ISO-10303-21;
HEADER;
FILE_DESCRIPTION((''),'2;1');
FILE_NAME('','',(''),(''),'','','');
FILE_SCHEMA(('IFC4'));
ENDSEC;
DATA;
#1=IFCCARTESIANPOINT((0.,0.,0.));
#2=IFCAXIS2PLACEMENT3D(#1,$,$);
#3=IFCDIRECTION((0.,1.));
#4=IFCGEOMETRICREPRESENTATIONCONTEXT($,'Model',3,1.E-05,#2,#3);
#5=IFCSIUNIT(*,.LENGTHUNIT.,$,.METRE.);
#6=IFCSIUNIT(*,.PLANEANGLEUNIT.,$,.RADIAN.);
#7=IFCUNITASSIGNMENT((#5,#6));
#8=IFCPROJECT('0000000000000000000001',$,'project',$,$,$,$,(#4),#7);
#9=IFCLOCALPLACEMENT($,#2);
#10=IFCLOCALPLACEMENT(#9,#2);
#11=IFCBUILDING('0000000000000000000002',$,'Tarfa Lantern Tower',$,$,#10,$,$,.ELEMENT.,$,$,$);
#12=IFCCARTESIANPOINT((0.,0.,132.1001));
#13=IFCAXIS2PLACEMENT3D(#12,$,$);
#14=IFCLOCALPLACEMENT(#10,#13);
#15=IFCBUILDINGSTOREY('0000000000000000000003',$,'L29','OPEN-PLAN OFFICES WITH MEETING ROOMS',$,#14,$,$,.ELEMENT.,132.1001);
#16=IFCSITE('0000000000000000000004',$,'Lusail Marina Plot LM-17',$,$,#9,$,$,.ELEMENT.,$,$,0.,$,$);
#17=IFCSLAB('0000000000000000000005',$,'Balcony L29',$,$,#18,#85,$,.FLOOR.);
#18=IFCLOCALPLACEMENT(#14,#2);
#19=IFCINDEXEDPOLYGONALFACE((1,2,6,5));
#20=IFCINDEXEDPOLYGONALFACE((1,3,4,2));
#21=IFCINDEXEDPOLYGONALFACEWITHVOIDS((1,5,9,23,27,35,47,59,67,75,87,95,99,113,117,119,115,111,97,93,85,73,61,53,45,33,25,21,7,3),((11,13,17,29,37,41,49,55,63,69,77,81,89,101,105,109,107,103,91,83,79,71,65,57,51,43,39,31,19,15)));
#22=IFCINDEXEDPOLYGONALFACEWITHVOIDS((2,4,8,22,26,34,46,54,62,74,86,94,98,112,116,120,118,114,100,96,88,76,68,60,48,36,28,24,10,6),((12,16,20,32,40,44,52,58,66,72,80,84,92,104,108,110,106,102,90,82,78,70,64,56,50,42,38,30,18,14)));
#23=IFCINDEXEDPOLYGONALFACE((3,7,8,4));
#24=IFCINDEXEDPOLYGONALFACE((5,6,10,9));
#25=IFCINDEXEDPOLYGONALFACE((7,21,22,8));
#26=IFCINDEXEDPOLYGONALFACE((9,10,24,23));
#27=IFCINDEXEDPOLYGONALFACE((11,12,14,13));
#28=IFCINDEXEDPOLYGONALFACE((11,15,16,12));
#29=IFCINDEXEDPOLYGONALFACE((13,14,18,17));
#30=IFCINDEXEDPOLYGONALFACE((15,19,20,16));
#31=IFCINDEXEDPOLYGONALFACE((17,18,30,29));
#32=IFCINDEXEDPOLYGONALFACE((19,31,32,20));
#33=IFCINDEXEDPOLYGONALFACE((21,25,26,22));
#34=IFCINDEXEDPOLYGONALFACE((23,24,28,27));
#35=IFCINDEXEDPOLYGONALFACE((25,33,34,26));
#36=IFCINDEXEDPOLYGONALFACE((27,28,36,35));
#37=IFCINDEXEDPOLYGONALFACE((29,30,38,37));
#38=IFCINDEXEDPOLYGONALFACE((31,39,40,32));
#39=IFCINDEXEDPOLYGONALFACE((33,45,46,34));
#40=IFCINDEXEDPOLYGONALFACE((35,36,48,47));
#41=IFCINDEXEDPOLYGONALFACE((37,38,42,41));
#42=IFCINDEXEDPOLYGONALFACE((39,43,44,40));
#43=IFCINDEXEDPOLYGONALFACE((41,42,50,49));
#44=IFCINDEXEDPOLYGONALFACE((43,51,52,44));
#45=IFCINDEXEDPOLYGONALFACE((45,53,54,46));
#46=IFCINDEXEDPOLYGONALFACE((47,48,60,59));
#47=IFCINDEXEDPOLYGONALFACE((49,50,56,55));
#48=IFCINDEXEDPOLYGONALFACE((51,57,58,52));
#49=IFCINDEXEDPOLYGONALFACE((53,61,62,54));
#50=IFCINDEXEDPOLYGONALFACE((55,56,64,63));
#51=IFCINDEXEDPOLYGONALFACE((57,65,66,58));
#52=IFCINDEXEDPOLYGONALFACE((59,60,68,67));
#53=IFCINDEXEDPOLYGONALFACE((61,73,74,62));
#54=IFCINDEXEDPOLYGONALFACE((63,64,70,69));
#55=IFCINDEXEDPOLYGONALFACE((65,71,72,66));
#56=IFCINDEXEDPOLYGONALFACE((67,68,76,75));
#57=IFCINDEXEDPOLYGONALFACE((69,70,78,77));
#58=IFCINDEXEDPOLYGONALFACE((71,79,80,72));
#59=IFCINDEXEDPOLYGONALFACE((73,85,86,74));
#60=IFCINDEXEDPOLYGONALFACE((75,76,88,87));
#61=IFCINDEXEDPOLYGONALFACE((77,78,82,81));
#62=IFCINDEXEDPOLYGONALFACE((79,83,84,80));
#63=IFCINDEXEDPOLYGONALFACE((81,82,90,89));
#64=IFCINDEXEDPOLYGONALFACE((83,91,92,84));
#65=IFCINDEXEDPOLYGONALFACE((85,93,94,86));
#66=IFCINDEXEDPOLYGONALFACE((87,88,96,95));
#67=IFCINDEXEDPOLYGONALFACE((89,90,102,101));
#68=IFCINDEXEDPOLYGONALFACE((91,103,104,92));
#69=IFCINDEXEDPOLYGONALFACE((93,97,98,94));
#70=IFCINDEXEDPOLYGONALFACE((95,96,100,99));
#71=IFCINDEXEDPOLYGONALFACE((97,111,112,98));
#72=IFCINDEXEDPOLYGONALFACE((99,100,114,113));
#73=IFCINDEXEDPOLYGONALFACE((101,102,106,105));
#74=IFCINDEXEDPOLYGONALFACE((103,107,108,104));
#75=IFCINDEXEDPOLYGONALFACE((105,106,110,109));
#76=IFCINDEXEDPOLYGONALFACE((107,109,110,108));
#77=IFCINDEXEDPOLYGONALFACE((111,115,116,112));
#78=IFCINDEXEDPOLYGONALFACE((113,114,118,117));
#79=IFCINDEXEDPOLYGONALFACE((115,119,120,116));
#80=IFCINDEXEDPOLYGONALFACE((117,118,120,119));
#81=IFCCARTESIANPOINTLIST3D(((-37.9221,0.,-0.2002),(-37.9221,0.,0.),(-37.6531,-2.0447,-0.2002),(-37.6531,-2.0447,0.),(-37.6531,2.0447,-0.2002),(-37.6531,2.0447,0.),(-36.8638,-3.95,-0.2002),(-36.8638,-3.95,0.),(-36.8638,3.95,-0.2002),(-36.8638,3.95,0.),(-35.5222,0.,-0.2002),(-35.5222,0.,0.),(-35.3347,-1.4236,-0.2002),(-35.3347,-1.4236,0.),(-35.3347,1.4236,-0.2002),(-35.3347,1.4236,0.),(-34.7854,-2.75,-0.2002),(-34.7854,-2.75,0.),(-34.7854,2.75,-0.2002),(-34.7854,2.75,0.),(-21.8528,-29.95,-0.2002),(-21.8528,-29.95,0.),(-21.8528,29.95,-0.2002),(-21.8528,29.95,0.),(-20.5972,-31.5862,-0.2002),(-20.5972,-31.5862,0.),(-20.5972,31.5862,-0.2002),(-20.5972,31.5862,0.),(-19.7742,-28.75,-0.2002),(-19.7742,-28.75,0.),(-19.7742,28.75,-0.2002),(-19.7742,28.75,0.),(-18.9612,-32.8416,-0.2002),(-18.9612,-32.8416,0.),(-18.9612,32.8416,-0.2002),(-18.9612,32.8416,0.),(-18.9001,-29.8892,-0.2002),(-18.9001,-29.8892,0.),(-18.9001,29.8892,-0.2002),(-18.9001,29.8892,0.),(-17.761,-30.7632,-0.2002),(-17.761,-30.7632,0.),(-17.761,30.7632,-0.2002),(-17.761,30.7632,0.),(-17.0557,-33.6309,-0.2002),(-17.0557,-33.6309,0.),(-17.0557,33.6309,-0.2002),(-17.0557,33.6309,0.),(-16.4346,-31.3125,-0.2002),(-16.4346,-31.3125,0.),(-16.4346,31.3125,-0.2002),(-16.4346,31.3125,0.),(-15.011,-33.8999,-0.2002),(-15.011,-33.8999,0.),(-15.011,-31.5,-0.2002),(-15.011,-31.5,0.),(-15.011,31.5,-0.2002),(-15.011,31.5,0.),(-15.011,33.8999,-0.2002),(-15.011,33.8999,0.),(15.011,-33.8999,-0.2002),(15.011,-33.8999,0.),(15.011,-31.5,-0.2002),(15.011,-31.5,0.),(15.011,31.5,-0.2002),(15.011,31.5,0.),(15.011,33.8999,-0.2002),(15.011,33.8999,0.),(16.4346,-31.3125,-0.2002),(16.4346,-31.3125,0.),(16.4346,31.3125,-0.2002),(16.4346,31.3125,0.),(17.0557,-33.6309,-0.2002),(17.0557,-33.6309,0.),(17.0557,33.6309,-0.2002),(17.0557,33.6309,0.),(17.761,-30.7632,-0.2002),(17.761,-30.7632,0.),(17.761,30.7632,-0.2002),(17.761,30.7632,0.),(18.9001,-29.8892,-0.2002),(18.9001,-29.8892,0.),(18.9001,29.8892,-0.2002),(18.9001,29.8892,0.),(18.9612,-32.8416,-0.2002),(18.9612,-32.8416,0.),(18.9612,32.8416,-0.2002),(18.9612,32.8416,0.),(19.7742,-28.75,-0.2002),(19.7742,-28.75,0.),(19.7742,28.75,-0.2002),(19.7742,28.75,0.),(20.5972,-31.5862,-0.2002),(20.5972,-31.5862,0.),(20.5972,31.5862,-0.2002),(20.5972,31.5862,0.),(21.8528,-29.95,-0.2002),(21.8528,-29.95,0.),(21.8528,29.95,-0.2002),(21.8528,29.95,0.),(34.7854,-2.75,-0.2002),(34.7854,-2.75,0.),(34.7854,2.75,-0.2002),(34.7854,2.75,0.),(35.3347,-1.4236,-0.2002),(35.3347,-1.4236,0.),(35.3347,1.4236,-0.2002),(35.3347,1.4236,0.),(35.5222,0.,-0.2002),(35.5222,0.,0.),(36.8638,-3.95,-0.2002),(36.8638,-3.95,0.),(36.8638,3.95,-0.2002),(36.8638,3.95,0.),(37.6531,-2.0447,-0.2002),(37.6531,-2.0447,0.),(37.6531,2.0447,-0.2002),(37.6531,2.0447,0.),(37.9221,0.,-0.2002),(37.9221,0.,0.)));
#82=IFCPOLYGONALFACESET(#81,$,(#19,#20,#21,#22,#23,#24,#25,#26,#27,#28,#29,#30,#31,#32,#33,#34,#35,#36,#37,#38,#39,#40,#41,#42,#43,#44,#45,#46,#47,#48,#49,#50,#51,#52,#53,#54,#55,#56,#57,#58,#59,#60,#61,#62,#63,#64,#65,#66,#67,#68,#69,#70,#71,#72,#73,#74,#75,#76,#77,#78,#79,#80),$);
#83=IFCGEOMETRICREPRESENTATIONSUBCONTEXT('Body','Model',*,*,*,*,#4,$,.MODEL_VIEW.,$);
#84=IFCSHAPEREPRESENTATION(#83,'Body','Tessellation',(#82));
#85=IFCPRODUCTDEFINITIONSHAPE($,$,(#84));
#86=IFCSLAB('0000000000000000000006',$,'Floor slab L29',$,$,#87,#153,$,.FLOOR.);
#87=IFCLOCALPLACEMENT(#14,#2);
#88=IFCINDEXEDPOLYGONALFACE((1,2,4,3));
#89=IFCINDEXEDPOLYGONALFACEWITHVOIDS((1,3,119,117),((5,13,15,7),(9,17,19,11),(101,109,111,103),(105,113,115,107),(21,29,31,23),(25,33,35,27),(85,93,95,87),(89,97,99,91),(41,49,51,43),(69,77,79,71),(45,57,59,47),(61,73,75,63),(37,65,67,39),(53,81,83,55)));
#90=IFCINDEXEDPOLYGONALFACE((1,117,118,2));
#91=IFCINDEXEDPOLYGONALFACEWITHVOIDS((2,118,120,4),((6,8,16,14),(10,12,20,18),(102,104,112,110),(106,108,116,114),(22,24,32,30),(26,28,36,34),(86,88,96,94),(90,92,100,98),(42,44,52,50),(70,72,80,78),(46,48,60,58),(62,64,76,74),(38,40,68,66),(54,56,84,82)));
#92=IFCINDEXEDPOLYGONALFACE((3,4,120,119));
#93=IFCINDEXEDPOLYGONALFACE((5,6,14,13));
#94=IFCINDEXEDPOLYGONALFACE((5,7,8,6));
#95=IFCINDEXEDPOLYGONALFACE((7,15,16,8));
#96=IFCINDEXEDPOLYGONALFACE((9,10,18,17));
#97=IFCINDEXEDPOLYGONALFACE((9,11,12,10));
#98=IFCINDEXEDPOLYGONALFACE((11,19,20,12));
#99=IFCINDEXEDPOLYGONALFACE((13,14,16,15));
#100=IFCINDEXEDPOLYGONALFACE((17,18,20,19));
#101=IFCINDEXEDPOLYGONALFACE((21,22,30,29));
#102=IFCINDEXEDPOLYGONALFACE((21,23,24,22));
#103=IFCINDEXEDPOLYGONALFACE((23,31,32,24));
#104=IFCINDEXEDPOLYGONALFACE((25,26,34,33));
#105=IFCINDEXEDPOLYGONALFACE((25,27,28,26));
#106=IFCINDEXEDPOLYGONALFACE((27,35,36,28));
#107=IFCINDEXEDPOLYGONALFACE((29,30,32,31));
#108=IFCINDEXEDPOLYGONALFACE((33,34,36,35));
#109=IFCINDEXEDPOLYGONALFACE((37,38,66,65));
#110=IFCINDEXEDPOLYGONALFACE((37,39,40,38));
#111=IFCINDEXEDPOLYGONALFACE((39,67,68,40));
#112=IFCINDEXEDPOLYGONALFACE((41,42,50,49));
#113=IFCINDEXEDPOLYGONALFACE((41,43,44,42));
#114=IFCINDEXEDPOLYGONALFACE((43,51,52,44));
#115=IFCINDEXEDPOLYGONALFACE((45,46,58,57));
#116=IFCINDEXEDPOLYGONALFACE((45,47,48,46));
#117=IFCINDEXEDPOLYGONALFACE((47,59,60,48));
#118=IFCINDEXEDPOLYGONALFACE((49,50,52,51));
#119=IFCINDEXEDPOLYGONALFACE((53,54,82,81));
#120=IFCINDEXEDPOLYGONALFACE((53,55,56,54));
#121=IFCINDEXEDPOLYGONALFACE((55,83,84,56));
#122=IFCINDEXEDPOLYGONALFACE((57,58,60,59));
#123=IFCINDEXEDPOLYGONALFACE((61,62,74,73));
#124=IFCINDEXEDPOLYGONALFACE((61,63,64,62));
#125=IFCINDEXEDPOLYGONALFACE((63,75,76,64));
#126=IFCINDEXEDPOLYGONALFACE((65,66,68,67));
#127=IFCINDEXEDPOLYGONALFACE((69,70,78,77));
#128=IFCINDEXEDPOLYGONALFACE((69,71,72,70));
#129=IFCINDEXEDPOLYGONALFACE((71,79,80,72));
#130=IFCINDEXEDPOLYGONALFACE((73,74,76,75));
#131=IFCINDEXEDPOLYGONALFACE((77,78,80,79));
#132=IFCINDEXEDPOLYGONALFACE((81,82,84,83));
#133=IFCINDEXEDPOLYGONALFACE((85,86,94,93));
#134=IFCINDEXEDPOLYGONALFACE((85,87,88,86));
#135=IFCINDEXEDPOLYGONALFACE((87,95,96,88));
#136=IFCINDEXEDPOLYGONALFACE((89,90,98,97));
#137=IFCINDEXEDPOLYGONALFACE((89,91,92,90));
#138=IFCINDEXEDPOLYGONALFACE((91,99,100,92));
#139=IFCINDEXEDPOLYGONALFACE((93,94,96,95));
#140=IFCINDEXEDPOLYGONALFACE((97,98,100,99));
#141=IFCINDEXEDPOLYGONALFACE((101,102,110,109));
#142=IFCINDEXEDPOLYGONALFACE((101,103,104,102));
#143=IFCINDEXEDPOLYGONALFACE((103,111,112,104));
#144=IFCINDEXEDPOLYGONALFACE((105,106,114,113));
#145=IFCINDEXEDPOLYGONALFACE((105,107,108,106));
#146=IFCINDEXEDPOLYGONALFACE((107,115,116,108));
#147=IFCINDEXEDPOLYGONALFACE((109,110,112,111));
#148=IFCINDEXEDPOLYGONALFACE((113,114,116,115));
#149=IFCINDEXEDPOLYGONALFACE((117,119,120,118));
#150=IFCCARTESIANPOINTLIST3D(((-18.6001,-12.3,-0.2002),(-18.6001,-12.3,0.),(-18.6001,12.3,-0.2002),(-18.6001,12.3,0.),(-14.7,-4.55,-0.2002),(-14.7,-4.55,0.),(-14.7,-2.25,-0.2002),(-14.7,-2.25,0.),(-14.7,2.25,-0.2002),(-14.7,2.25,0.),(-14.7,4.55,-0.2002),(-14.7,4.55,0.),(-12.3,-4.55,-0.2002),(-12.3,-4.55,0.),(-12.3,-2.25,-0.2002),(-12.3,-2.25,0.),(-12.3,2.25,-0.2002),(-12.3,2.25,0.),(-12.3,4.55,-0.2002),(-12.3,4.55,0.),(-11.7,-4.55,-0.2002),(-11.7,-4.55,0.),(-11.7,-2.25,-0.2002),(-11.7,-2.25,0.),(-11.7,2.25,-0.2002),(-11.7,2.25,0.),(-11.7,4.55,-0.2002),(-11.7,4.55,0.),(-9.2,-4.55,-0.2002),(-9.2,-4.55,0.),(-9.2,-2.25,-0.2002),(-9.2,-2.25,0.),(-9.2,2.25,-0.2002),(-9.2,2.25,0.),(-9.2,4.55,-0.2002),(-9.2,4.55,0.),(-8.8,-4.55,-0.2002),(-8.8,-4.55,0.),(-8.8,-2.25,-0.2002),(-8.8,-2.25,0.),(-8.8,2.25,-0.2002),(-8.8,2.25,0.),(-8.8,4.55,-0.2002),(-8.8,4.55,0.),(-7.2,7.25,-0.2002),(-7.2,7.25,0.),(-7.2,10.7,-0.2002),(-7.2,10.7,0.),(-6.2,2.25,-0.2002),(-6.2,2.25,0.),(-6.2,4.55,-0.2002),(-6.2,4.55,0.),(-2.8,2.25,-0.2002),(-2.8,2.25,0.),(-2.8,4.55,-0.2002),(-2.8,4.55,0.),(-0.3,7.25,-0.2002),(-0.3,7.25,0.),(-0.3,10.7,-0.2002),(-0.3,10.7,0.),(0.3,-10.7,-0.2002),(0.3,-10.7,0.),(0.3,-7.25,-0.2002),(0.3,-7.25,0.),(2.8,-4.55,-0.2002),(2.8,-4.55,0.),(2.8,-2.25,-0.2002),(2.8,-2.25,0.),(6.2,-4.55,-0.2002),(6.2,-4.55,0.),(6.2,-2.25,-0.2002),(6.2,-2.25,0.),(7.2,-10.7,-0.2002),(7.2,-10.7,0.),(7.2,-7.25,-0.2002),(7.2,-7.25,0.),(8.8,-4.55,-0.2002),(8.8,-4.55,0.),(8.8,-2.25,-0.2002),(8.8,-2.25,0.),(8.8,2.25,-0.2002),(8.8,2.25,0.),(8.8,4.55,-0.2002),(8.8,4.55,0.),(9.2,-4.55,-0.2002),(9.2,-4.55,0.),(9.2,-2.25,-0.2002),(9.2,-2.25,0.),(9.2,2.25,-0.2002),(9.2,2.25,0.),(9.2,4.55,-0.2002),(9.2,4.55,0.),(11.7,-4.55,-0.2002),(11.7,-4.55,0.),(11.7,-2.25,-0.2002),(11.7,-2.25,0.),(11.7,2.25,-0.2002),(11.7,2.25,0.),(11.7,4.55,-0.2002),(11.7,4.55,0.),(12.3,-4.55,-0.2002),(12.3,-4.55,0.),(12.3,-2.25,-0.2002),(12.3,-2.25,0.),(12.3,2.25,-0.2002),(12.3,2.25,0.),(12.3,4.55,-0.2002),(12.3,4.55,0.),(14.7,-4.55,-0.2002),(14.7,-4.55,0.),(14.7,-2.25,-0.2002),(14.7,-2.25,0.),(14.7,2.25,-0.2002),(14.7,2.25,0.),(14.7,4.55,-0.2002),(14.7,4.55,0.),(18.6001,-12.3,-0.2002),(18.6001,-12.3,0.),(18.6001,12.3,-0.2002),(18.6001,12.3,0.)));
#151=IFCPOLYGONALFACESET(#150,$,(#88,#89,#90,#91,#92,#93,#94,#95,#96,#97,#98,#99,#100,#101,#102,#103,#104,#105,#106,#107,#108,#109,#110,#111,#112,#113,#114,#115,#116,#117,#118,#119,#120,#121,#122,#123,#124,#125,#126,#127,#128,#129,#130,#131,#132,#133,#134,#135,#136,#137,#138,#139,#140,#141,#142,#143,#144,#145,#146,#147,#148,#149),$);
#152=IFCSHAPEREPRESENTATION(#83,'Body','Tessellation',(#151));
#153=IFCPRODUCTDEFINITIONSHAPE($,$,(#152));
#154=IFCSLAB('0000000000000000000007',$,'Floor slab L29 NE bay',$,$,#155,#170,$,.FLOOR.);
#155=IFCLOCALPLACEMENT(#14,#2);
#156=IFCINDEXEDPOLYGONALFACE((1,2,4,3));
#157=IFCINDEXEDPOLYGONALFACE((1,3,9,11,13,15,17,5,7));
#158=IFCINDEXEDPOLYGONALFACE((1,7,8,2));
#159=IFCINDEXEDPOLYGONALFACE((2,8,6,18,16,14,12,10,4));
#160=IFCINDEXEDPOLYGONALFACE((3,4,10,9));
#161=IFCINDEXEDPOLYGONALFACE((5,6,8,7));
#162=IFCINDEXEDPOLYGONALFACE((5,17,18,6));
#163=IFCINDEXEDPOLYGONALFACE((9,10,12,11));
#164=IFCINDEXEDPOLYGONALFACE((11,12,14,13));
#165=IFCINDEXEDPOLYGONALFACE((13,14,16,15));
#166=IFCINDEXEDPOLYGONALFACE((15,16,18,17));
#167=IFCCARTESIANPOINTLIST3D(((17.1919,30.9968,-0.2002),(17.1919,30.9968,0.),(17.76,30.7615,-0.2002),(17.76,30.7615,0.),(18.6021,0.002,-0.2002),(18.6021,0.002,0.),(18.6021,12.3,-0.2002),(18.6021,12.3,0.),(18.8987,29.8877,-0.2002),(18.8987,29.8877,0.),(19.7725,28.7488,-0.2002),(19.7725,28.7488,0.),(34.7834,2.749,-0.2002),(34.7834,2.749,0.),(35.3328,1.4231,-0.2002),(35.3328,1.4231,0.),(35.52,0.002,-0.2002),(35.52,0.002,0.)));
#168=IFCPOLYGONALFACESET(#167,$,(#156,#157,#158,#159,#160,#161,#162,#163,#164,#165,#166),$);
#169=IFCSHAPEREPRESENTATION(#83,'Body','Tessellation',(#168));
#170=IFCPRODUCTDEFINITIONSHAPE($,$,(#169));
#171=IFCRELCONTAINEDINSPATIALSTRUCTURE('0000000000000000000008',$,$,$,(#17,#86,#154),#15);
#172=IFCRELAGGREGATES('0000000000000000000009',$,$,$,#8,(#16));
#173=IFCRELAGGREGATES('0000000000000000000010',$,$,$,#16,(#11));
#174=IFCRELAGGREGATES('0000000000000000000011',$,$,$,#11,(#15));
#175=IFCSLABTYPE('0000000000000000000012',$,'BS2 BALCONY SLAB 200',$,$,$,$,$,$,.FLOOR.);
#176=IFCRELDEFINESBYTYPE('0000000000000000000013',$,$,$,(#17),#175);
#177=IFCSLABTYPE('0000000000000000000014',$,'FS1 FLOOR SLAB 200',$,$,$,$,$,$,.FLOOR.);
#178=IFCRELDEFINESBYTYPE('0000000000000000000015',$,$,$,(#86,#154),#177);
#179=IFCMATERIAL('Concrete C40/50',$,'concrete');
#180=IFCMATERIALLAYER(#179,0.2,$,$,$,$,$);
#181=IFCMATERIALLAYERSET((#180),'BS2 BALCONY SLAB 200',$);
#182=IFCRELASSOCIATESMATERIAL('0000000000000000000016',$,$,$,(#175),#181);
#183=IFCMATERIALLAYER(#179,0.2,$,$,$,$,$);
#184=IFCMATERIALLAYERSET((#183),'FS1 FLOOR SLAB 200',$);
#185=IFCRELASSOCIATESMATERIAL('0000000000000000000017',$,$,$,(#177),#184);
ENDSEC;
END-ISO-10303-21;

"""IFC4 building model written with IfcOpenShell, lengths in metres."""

from ifc_helpers import new_model, si_unit, direction, frame, origin, place, context, subcontext, project, spatial, polyline, outline, extrude, material, layer, layer_set, type_object, element, save


model = new_model("IFC4")

# Units and contexts
model_context = context("Model", 3, precision=1e-05, world=origin(), true_north=direction((0.0, 1.0)))
body_context = subcontext(model_context, "Body", "Model", "MODEL_VIEW")
ifc_project = project(units=[si_unit("LENGTHUNIT", "METRE"), si_unit("PLANEANGLEUNIT", "RADIAN")], contexts=[model_context])

# Site, building, storey
site_placement = place(None, origin())
site = spatial("IfcSite", under=ifc_project, at=site_placement, Name="Lusail Marina Plot LM-17", CompositionType="ELEMENT", RefElevation=0.0)
building_placement = place(site_placement, origin())
building = spatial("IfcBuilding", under=site, at=building_placement, Name="Tarfa Lantern Tower", CompositionType="ELEMENT")
storey_placement = place(building_placement, frame((0.0, 0.0, 132.1001)))
storey = spatial("IfcBuildingStorey", under=building, at=storey_placement, Name="L29", Description="OPEN-PLAN OFFICES WITH MEETING ROOMS", CompositionType="ELEMENT", Elevation=132.1001)

# Slabs
ifc_material_1 = material(Name="Concrete C40/50", Category="concrete")
ifc_layer_1 = layer(ifc_material_1, 0.2)
ifc_layer_set_1 = layer_set([ifc_layer_1], Name="BS2 BALCONY SLAB 200")
slab_type_1 = type_object("IfcSlabType", Name="BS2 BALCONY SLAB 200", PredefinedType="FLOOR", material=ifc_layer_set_1)
slab_1_placement = place(storey_placement, frame((0.0, 0.0, -0.2002)))
element("IfcSlab", 1, at=slab_1_placement, inside=storey, type_object=slab_type_1, Name="Balcony L29", PredefinedType="FLOOR", context=body_context, shape_type="SweptSolid", body=[
    extrude(outline(polyline([(36.8638, 3.95), (21.8528, 29.95), (20.5972, 31.5862), (18.9612, 32.8416), (17.0557, 33.6309), (15.011, 33.8999), (-15.011, 33.8999), (-17.0557, 33.6309), (-18.9612, 32.8416), (-20.5972, 31.5862), (-21.8528, 29.95), (-36.8638, 3.95), (-37.6531, 2.0447), (-37.9221, 0.0), (-37.6531, -2.0447), (-36.8638, -3.95), (-21.8528, -29.95), (-20.5972, -31.5862), (-18.9612, -32.8416), (-17.0557, -33.6309), (-15.011, -33.8999), (15.011, -33.8999), (17.0557, -33.6309), (18.9612, -32.8416), (20.5972, -31.5862), (21.8528, -29.95), (36.8638, -3.95), (37.6531, -2.0447), (37.9221, 0.0), (37.6531, 2.0447), (36.8638, 3.95)]), holes=[polyline([(34.7854, 2.75), (19.7742, 28.75), (18.9001, 29.8892), (17.761, 30.7632), (16.4346, 31.3125), (15.011, 31.5), (-15.011, 31.5), (-16.4346, 31.3125), (-17.761, 30.7632), (-18.9001, 29.8892), (-19.7742, 28.75), (-34.7854, 2.75), (-35.3347, 1.4236), (-35.5222, 0.0), (-35.3347, -1.4236), (-34.7854, -2.75), (-19.7742, -28.75), (-18.9001, -29.8892), (-17.761, -30.7632), (-16.4346, -31.3125), (-15.011, -31.5), (15.011, -31.5), (16.4346, -31.3125), (17.761, -30.7632), (18.9001, -29.8892), (19.7742, -28.75), (34.7854, -2.75), (35.3347, -1.4236), (35.5222, 0.0), (35.3347, 1.4236), (34.7854, 2.75)])]), origin(), (0.0, 0.0, 1.0), 0.2002),
])
ifc_layer_2 = layer(ifc_material_1, 0.2)
ifc_layer_set_2 = layer_set([ifc_layer_2], Name="FS1 FLOOR SLAB 200")
slab_type_2 = type_object("IfcSlabType", Name="FS1 FLOOR SLAB 200", PredefinedType="FLOOR", material=ifc_layer_set_2)
slab_2_placement = place(storey_placement, frame((0.0, 0.0, -0.2002)))
element("IfcSlab", 2, at=slab_2_placement, inside=storey, type_object=slab_type_2, Name="Floor slab L29", PredefinedType="FLOOR", context=body_context, shape_type="SweptSolid", body=[
    extrude(outline(polyline([(-18.6001, -12.3), (18.6001, -12.3), (18.6001, 12.3), (-18.6001, 12.3), (-18.6001, -12.3)]), holes=[polyline([(-14.7, 2.25), (-12.3, 2.25), (-12.3, 4.55), (-14.7, 4.55), (-14.7, 2.25)]), polyline([(-11.7, 2.25), (-9.2, 2.25), (-9.2, 4.55), (-11.7, 4.55), (-11.7, 2.25)]), polyline([(-8.8, 2.25), (-6.2, 2.25), (-6.2, 4.55), (-8.8, 4.55), (-8.8, 2.25)]), polyline([(-2.8, 2.25), (8.8, 2.25), (8.8, 4.55), (-2.8, 4.55), (-2.8, 2.25)]), polyline([(9.2, 2.25), (11.7, 2.25), (11.7, 4.55), (9.2, 4.55), (9.2, 2.25)]), polyline([(12.3, 2.25), (14.7, 2.25), (14.7, 4.55), (12.3, 4.55), (12.3, 2.25)]), polyline([(14.7, -2.25), (12.3, -2.25), (12.3, -4.55), (14.7, -4.55), (14.7, -2.25)]), polyline([(11.7, -2.25), (9.2, -2.25), (9.2, -4.55), (11.7, -4.55), (11.7, -2.25)]), polyline([(8.8, -2.25), (6.2, -2.25), (6.2, -4.55), (8.8, -4.55), (8.8, -2.25)]), polyline([(2.8, -2.25), (-8.8, -2.25), (-8.8, -4.55), (2.8, -4.55), (2.8, -2.25)]), polyline([(-9.2, -2.25), (-11.7, -2.25), (-11.7, -4.55), (-9.2, -4.55), (-9.2, -2.25)]), polyline([(-12.3, -2.25), (-14.7, -2.25), (-14.7, -4.55), (-12.3, -4.55), (-12.3, -2.25)]), polyline([(-7.2, 7.25), (-0.3, 7.25), (-0.3, 10.7), (-7.2, 10.7), (-7.2, 7.25)]), polyline([(7.2, -7.25), (0.3, -7.25), (0.3, -10.7), (7.2, -10.7), (7.2, -7.25)])]), origin(), (0.0, 0.0, 1.0), 0.2002),
])
slab_3_placement = place(storey_placement, frame((0.0, 0.0, -0.2002)))
element("IfcSlab", 3, at=slab_3_placement, inside=storey, type_object=slab_type_2, Name="Floor slab L29 NE bay", PredefinedType="FLOOR", context=body_context, shape_type="SweptSolid", body=[
    extrude(outline(polyline([(34.7834, 2.749), (19.7725, 28.7488), (18.8987, 29.8877), (17.76, 30.7615), (17.1919, 30.9968), (18.6021, 12.3), (18.6021, 0.002), (35.52, 0.002), (35.3328, 1.4231), (34.7834, 2.749)])), origin(), (0.0, 0.0, 1.0), 0.2002),
])

save(model, "model.ifc")
